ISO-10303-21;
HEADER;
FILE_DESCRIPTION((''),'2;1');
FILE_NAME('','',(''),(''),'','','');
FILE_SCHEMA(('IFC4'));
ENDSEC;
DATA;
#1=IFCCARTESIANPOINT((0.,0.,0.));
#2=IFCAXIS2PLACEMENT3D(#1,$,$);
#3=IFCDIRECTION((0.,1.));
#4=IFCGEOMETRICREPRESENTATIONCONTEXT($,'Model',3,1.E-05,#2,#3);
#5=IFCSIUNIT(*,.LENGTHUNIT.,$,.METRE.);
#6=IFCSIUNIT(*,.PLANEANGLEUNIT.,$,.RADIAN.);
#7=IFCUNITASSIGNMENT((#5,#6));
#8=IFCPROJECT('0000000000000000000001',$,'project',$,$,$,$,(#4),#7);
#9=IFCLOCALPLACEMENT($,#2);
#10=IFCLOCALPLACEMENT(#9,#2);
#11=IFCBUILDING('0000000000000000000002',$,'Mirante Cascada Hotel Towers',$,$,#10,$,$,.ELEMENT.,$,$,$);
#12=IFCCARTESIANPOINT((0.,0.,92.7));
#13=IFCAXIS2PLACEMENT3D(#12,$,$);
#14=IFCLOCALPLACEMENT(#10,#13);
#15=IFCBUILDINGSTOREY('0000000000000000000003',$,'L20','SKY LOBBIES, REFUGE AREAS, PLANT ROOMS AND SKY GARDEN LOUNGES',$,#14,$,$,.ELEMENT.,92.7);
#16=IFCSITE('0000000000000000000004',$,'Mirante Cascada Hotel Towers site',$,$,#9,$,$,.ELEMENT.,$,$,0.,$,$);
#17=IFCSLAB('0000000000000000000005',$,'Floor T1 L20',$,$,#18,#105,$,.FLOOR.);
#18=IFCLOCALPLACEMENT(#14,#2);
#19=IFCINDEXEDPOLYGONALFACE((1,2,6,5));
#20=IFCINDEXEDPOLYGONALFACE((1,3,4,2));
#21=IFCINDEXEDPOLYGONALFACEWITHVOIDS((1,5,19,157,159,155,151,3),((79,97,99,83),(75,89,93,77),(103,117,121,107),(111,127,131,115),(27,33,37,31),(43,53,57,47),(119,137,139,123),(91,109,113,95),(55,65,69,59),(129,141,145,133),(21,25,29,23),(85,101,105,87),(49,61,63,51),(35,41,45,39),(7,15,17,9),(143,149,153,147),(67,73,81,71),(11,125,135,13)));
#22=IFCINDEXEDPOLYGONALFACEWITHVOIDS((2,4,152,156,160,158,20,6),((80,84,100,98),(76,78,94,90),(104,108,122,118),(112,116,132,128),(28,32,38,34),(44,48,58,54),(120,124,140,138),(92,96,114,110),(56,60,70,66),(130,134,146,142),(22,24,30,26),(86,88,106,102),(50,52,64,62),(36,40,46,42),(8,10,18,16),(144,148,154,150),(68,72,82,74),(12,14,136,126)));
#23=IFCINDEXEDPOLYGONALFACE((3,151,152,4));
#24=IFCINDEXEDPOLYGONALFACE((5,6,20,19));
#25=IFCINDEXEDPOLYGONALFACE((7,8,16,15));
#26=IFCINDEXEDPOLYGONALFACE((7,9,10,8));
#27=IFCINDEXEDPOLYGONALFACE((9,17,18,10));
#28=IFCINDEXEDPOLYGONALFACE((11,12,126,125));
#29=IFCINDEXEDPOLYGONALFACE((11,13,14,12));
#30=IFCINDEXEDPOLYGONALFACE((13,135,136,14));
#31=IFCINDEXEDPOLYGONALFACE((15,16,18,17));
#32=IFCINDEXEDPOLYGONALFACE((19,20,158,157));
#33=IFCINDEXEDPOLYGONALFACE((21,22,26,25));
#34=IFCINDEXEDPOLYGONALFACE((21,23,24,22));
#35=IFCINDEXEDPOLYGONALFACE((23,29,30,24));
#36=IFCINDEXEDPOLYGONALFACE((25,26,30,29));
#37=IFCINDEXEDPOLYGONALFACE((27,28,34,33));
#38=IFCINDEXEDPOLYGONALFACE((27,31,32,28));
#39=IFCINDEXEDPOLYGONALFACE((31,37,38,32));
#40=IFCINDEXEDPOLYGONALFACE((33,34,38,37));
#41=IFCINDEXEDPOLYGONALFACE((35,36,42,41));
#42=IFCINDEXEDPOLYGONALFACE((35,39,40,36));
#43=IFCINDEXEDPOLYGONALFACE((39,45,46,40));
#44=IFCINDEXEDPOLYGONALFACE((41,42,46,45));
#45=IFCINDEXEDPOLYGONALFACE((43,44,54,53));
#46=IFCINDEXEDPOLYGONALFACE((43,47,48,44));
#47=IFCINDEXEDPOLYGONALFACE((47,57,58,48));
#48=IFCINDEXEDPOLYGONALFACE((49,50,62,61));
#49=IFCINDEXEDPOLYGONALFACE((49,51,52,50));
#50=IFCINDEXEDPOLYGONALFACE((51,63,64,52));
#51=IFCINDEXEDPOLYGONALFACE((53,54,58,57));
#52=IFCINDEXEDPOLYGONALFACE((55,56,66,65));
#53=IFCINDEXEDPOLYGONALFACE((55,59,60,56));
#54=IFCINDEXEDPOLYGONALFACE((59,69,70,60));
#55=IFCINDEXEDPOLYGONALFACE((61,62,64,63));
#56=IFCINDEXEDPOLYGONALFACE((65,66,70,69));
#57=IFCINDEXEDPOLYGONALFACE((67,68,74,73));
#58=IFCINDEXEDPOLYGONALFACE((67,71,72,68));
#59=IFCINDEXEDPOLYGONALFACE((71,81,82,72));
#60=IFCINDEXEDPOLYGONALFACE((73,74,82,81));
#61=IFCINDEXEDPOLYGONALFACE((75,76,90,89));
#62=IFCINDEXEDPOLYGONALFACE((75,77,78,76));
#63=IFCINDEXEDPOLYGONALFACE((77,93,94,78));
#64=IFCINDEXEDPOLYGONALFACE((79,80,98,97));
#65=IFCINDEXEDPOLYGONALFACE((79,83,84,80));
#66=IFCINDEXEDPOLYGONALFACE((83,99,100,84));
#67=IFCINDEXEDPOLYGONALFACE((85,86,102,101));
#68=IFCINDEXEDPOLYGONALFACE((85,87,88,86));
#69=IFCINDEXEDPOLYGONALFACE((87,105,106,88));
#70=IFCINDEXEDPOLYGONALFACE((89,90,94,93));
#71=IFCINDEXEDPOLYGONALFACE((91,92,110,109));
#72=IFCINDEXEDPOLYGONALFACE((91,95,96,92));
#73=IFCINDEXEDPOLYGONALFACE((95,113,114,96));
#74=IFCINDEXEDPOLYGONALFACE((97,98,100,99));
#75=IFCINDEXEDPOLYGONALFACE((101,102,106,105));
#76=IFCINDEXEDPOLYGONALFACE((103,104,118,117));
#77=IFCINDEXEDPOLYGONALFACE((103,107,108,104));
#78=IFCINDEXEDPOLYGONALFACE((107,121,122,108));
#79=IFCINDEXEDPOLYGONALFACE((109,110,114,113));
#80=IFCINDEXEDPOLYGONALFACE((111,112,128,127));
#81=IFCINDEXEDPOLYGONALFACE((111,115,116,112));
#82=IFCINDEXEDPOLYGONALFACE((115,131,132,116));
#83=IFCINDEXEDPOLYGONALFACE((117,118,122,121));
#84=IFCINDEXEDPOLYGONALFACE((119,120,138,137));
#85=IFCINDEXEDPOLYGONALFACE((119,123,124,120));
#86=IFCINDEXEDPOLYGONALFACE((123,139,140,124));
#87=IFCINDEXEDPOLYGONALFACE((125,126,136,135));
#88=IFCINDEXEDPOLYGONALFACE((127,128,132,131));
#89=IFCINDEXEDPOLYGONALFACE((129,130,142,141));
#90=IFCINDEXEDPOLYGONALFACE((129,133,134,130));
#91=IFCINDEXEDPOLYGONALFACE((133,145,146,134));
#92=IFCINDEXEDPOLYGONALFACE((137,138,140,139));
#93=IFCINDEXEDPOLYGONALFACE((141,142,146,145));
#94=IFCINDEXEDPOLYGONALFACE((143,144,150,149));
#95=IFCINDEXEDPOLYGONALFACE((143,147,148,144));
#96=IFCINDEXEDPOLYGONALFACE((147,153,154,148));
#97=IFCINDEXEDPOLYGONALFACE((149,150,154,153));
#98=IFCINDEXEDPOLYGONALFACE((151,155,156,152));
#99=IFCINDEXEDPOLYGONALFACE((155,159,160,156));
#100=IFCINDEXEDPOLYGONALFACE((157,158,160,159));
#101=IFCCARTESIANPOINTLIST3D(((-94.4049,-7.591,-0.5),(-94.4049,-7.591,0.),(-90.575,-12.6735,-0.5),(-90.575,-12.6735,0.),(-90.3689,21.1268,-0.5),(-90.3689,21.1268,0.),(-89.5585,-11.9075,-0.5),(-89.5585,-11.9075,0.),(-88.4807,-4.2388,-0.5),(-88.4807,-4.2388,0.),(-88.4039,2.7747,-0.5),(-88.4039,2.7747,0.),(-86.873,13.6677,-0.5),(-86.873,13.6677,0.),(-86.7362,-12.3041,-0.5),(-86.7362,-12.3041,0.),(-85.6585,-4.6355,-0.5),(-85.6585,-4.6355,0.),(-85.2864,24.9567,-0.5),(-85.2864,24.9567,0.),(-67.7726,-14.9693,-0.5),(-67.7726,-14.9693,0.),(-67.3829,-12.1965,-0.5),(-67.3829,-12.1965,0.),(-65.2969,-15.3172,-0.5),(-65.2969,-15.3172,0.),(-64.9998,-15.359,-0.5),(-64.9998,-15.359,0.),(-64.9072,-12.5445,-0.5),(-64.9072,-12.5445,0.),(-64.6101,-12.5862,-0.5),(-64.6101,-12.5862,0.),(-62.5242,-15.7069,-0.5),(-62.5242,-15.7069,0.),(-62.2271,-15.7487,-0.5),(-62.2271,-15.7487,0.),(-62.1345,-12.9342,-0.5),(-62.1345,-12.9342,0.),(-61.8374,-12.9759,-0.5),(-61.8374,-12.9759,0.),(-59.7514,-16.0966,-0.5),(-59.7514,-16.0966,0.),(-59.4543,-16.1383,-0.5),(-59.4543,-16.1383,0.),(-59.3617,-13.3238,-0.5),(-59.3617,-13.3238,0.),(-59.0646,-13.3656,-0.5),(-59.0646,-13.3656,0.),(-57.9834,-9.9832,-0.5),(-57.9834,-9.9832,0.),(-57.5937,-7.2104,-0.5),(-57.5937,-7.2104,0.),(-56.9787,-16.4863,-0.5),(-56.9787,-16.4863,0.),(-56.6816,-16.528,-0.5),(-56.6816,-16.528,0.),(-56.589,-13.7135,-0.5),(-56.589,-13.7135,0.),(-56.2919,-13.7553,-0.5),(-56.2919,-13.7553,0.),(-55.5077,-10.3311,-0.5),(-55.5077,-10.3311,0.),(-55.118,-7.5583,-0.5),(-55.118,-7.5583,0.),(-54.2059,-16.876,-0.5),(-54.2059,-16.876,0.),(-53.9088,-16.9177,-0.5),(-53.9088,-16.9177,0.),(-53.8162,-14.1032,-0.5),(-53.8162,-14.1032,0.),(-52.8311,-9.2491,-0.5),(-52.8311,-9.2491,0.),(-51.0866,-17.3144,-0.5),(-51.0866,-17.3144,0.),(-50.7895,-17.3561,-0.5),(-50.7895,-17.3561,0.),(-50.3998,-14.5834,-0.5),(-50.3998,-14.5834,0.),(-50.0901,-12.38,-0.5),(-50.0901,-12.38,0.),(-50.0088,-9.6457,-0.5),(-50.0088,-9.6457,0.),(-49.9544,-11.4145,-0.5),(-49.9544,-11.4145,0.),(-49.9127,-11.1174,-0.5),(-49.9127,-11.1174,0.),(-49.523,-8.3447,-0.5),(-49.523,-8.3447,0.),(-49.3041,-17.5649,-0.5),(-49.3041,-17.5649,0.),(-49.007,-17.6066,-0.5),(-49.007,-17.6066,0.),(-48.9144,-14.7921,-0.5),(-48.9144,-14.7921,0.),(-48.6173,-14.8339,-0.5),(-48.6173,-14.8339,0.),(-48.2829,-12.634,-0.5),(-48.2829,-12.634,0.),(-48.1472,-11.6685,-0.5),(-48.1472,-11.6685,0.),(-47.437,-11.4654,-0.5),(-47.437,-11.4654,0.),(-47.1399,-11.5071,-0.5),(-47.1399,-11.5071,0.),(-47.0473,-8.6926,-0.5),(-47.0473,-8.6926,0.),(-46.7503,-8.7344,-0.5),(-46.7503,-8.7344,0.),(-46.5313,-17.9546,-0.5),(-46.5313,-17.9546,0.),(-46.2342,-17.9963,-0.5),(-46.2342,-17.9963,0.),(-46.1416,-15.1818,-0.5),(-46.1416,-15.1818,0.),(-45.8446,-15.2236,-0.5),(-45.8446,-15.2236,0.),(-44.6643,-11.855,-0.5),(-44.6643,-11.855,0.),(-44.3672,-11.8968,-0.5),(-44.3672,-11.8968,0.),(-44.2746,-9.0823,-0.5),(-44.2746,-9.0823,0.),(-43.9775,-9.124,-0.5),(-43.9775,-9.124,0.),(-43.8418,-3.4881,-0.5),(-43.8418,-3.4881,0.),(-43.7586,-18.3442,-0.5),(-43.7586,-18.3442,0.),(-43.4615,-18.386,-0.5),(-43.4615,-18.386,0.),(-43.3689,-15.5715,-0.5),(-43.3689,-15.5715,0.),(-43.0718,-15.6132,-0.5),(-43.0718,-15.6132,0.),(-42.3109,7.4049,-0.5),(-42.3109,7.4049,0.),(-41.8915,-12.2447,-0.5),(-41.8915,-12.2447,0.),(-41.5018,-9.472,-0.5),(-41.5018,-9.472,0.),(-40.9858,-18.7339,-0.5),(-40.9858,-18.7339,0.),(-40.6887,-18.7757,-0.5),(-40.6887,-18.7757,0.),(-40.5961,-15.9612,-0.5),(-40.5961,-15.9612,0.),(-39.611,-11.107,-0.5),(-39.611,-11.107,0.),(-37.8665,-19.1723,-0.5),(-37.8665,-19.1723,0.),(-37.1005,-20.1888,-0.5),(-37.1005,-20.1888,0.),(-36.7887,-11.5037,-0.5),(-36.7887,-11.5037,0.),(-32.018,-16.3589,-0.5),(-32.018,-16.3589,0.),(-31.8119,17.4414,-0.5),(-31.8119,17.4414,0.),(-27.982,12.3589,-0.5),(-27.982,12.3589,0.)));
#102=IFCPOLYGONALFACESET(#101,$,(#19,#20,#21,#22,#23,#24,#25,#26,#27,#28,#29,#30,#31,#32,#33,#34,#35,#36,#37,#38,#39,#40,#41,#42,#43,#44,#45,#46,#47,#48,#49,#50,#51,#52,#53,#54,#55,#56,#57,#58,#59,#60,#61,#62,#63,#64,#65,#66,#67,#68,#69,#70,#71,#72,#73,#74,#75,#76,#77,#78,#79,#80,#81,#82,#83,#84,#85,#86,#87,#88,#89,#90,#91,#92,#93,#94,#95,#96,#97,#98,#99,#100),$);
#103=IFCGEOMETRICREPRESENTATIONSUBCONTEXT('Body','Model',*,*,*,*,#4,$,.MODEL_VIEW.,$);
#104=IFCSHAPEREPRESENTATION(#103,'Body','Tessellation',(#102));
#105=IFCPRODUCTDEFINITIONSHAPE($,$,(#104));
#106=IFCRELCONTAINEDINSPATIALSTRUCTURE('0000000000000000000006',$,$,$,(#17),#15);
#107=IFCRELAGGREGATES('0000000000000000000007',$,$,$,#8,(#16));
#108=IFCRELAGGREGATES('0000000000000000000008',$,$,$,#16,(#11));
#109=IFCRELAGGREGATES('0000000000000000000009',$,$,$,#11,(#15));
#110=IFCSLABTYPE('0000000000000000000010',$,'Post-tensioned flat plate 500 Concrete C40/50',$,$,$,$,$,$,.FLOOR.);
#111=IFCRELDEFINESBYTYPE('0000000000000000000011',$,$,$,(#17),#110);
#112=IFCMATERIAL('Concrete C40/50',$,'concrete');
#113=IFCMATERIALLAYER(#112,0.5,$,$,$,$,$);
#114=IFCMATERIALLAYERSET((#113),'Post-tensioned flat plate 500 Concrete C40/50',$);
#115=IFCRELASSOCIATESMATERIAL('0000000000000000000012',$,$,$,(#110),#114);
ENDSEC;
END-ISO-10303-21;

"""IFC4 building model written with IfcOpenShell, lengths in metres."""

from ifc_helpers import new_model, si_unit, direction, frame, origin, place, context, subcontext, project, spatial, polyline, outline, extrude, material, layer, layer_set, type_object, element, save


model = new_model("IFC4")

# Units and contexts
model_context = context("Model", 3, precision=1e-05, world=origin(), true_north=direction((0.0, 1.0)))
body_context = subcontext(model_context, "Body", "Model", "MODEL_VIEW")
ifc_project = project(units=[si_unit("LENGTHUNIT", "METRE"), si_unit("PLANEANGLEUNIT", "RADIAN")], contexts=[model_context])

# Site, building, storey
site_placement = place(None, origin())
site = spatial("IfcSite", under=ifc_project, at=site_placement, Name="Mirante Cascada Hotel Towers site", CompositionType="ELEMENT", RefElevation=0.0)
building_placement = place(site_placement, origin())
building = spatial("IfcBuilding", under=site, at=building_placement, Name="Mirante Cascada Hotel Towers", CompositionType="ELEMENT")
storey_placement = place(building_placement, frame((0.0, 0.0, 92.7)))
storey = spatial("IfcBuildingStorey", under=building, at=storey_placement, Name="L20", Description="SKY LOBBIES, REFUGE AREAS, PLANT ROOMS AND SKY GARDEN LOUNGES", CompositionType="ELEMENT", Elevation=92.7)

# Slab
ifc_material_1 = material(Name="Concrete C40/50", Category="concrete")
ifc_layer_1 = layer(ifc_material_1, 0.5)
ifc_layer_set_1 = layer_set([ifc_layer_1], Name="Post-tensioned flat plate 500 Concrete C40/50")
slab_type_1 = type_object("IfcSlabType", Name="Post-tensioned flat plate 500 Concrete C40/50", PredefinedType="FLOOR", material=ifc_layer_set_1)
slab_1_placement = place(storey_placement, frame((0.0, 0.0, -0.5)))
element("IfcSlab", 1, at=slab_1_placement, inside=storey, type_object=slab_type_1, Name="Floor T1 L20", PredefinedType="FLOOR", context=body_context, shape_type="SweptSolid", body=[
    extrude(outline(polyline([(-32.018, -16.3589), (-27.982, 12.3589), (-31.8119, 17.4414), (-85.2864, 24.9567), (-85.2864, 24.9567), (-85.2864, 24.9567), (-85.2864, 24.9567), (-85.2864, 24.9567), (-85.2864, 24.9567), (-85.2864, 24.9567), (-85.2864, 24.9567), (-85.2864, 24.9567), (-90.3689, 21.1268), (-94.4049, -7.591), (-90.575, -12.6735), (-90.575, -12.6735), (-90.575, -12.6735), (-90.575, -12.6735), (-90.575, -12.6735), (-90.575, -12.6735), (-90.575, -12.6735), (-90.575, -12.6735), (-90.575, -12.6735), (-37.1005, -20.1888), (-32.018, -16.3589)]), holes=[polyline([(-43.0718, -15.6132), (-40.5961, -15.9612), (-40.9858, -18.7339), (-43.4615, -18.386), (-43.0718, -15.6132)]), polyline([(-45.8446, -15.2236), (-43.3689, -15.5715), (-43.7586, -18.3442), (-46.2342, -17.9963), (-45.8446, -15.2236)]), polyline([(-48.6173, -14.8339), (-46.1416, -15.1818), (-46.5313, -17.9546), (-49.007, -17.6066), (-48.6173, -14.8339)]), polyline([(-50.3998, -14.5834), (-48.9144, -14.7921), (-49.3041, -17.5649), (-50.7895, -17.3561), (-50.3998, -14.5834)]), polyline([(-36.7887, -11.5037), (-37.8665, -19.1723), (-40.6887, -18.7757), (-39.611, -11.107), (-36.7887, -11.5037)]), polyline([(-49.9544, -11.4145), (-48.1472, -11.6685), (-48.2829, -12.634), (-50.0901, -12.38), (-49.9544, -11.4145)]), polyline([(-43.9775, -9.124), (-41.5018, -9.472), (-41.8915, -12.2447), (-44.3672, -11.8968), (-43.9775, -9.124)]), polyline([(-47.1399, -11.5071), (-46.7503, -8.7344), (-44.2746, -9.0823), (-44.6643, -11.855), (-47.1399, -11.5071)]), polyline([(-49.9127, -11.1174), (-49.523, -8.3447), (-47.0473, -8.6926), (-47.437, -11.4654), (-49.9127, -11.1174)]), polyline([(-56.2919, -13.7553), (-53.8162, -14.1032), (-54.2059, -16.876), (-56.6816, -16.528), (-56.2919, -13.7553)]), polyline([(-59.0646, -13.3656), (-56.589, -13.7135), (-56.9787, -16.4863), (-59.4543, -16.1383), (-59.0646, -13.3656)]), polyline([(-61.8374, -12.9759), (-59.3617, -13.3238), (-59.7514, -16.0966), (-62.2271, -15.7487), (-61.8374, -12.9759)]), polyline([(-64.6101, -12.5862), (-62.1345, -12.9342), (-62.5242, -15.7069), (-64.9998, -15.359), (-64.6101, -12.5862)]), polyline([(-67.3829, -12.1965), (-64.9072, -12.5445), (-65.2969, -15.3172), (-67.7726, -14.9693), (-67.3829, -12.1965)]), polyline([(-50.0088, -9.6457), (-51.0866, -17.3144), (-53.9088, -16.9177), (-52.8311, -9.2491), (-50.0088, -9.6457)]), polyline([(-85.6585, -4.6355), (-86.7362, -12.3041), (-89.5585, -11.9075), (-88.4807, -4.2388), (-85.6585, -4.6355)]), polyline([(-57.9834, -9.9832), (-57.5937, -7.2104), (-55.118, -7.5583), (-55.5077, -10.3311), (-57.9834, -9.9832)]), polyline([(-88.4039, 2.7747), (-86.873, 13.6677), (-42.3109, 7.4049), (-43.8418, -3.4881), (-88.4039, 2.7747)])]), origin(), (0.0, 0.0, 1.0), 0.5),
])

save(model, "model.ifc")
